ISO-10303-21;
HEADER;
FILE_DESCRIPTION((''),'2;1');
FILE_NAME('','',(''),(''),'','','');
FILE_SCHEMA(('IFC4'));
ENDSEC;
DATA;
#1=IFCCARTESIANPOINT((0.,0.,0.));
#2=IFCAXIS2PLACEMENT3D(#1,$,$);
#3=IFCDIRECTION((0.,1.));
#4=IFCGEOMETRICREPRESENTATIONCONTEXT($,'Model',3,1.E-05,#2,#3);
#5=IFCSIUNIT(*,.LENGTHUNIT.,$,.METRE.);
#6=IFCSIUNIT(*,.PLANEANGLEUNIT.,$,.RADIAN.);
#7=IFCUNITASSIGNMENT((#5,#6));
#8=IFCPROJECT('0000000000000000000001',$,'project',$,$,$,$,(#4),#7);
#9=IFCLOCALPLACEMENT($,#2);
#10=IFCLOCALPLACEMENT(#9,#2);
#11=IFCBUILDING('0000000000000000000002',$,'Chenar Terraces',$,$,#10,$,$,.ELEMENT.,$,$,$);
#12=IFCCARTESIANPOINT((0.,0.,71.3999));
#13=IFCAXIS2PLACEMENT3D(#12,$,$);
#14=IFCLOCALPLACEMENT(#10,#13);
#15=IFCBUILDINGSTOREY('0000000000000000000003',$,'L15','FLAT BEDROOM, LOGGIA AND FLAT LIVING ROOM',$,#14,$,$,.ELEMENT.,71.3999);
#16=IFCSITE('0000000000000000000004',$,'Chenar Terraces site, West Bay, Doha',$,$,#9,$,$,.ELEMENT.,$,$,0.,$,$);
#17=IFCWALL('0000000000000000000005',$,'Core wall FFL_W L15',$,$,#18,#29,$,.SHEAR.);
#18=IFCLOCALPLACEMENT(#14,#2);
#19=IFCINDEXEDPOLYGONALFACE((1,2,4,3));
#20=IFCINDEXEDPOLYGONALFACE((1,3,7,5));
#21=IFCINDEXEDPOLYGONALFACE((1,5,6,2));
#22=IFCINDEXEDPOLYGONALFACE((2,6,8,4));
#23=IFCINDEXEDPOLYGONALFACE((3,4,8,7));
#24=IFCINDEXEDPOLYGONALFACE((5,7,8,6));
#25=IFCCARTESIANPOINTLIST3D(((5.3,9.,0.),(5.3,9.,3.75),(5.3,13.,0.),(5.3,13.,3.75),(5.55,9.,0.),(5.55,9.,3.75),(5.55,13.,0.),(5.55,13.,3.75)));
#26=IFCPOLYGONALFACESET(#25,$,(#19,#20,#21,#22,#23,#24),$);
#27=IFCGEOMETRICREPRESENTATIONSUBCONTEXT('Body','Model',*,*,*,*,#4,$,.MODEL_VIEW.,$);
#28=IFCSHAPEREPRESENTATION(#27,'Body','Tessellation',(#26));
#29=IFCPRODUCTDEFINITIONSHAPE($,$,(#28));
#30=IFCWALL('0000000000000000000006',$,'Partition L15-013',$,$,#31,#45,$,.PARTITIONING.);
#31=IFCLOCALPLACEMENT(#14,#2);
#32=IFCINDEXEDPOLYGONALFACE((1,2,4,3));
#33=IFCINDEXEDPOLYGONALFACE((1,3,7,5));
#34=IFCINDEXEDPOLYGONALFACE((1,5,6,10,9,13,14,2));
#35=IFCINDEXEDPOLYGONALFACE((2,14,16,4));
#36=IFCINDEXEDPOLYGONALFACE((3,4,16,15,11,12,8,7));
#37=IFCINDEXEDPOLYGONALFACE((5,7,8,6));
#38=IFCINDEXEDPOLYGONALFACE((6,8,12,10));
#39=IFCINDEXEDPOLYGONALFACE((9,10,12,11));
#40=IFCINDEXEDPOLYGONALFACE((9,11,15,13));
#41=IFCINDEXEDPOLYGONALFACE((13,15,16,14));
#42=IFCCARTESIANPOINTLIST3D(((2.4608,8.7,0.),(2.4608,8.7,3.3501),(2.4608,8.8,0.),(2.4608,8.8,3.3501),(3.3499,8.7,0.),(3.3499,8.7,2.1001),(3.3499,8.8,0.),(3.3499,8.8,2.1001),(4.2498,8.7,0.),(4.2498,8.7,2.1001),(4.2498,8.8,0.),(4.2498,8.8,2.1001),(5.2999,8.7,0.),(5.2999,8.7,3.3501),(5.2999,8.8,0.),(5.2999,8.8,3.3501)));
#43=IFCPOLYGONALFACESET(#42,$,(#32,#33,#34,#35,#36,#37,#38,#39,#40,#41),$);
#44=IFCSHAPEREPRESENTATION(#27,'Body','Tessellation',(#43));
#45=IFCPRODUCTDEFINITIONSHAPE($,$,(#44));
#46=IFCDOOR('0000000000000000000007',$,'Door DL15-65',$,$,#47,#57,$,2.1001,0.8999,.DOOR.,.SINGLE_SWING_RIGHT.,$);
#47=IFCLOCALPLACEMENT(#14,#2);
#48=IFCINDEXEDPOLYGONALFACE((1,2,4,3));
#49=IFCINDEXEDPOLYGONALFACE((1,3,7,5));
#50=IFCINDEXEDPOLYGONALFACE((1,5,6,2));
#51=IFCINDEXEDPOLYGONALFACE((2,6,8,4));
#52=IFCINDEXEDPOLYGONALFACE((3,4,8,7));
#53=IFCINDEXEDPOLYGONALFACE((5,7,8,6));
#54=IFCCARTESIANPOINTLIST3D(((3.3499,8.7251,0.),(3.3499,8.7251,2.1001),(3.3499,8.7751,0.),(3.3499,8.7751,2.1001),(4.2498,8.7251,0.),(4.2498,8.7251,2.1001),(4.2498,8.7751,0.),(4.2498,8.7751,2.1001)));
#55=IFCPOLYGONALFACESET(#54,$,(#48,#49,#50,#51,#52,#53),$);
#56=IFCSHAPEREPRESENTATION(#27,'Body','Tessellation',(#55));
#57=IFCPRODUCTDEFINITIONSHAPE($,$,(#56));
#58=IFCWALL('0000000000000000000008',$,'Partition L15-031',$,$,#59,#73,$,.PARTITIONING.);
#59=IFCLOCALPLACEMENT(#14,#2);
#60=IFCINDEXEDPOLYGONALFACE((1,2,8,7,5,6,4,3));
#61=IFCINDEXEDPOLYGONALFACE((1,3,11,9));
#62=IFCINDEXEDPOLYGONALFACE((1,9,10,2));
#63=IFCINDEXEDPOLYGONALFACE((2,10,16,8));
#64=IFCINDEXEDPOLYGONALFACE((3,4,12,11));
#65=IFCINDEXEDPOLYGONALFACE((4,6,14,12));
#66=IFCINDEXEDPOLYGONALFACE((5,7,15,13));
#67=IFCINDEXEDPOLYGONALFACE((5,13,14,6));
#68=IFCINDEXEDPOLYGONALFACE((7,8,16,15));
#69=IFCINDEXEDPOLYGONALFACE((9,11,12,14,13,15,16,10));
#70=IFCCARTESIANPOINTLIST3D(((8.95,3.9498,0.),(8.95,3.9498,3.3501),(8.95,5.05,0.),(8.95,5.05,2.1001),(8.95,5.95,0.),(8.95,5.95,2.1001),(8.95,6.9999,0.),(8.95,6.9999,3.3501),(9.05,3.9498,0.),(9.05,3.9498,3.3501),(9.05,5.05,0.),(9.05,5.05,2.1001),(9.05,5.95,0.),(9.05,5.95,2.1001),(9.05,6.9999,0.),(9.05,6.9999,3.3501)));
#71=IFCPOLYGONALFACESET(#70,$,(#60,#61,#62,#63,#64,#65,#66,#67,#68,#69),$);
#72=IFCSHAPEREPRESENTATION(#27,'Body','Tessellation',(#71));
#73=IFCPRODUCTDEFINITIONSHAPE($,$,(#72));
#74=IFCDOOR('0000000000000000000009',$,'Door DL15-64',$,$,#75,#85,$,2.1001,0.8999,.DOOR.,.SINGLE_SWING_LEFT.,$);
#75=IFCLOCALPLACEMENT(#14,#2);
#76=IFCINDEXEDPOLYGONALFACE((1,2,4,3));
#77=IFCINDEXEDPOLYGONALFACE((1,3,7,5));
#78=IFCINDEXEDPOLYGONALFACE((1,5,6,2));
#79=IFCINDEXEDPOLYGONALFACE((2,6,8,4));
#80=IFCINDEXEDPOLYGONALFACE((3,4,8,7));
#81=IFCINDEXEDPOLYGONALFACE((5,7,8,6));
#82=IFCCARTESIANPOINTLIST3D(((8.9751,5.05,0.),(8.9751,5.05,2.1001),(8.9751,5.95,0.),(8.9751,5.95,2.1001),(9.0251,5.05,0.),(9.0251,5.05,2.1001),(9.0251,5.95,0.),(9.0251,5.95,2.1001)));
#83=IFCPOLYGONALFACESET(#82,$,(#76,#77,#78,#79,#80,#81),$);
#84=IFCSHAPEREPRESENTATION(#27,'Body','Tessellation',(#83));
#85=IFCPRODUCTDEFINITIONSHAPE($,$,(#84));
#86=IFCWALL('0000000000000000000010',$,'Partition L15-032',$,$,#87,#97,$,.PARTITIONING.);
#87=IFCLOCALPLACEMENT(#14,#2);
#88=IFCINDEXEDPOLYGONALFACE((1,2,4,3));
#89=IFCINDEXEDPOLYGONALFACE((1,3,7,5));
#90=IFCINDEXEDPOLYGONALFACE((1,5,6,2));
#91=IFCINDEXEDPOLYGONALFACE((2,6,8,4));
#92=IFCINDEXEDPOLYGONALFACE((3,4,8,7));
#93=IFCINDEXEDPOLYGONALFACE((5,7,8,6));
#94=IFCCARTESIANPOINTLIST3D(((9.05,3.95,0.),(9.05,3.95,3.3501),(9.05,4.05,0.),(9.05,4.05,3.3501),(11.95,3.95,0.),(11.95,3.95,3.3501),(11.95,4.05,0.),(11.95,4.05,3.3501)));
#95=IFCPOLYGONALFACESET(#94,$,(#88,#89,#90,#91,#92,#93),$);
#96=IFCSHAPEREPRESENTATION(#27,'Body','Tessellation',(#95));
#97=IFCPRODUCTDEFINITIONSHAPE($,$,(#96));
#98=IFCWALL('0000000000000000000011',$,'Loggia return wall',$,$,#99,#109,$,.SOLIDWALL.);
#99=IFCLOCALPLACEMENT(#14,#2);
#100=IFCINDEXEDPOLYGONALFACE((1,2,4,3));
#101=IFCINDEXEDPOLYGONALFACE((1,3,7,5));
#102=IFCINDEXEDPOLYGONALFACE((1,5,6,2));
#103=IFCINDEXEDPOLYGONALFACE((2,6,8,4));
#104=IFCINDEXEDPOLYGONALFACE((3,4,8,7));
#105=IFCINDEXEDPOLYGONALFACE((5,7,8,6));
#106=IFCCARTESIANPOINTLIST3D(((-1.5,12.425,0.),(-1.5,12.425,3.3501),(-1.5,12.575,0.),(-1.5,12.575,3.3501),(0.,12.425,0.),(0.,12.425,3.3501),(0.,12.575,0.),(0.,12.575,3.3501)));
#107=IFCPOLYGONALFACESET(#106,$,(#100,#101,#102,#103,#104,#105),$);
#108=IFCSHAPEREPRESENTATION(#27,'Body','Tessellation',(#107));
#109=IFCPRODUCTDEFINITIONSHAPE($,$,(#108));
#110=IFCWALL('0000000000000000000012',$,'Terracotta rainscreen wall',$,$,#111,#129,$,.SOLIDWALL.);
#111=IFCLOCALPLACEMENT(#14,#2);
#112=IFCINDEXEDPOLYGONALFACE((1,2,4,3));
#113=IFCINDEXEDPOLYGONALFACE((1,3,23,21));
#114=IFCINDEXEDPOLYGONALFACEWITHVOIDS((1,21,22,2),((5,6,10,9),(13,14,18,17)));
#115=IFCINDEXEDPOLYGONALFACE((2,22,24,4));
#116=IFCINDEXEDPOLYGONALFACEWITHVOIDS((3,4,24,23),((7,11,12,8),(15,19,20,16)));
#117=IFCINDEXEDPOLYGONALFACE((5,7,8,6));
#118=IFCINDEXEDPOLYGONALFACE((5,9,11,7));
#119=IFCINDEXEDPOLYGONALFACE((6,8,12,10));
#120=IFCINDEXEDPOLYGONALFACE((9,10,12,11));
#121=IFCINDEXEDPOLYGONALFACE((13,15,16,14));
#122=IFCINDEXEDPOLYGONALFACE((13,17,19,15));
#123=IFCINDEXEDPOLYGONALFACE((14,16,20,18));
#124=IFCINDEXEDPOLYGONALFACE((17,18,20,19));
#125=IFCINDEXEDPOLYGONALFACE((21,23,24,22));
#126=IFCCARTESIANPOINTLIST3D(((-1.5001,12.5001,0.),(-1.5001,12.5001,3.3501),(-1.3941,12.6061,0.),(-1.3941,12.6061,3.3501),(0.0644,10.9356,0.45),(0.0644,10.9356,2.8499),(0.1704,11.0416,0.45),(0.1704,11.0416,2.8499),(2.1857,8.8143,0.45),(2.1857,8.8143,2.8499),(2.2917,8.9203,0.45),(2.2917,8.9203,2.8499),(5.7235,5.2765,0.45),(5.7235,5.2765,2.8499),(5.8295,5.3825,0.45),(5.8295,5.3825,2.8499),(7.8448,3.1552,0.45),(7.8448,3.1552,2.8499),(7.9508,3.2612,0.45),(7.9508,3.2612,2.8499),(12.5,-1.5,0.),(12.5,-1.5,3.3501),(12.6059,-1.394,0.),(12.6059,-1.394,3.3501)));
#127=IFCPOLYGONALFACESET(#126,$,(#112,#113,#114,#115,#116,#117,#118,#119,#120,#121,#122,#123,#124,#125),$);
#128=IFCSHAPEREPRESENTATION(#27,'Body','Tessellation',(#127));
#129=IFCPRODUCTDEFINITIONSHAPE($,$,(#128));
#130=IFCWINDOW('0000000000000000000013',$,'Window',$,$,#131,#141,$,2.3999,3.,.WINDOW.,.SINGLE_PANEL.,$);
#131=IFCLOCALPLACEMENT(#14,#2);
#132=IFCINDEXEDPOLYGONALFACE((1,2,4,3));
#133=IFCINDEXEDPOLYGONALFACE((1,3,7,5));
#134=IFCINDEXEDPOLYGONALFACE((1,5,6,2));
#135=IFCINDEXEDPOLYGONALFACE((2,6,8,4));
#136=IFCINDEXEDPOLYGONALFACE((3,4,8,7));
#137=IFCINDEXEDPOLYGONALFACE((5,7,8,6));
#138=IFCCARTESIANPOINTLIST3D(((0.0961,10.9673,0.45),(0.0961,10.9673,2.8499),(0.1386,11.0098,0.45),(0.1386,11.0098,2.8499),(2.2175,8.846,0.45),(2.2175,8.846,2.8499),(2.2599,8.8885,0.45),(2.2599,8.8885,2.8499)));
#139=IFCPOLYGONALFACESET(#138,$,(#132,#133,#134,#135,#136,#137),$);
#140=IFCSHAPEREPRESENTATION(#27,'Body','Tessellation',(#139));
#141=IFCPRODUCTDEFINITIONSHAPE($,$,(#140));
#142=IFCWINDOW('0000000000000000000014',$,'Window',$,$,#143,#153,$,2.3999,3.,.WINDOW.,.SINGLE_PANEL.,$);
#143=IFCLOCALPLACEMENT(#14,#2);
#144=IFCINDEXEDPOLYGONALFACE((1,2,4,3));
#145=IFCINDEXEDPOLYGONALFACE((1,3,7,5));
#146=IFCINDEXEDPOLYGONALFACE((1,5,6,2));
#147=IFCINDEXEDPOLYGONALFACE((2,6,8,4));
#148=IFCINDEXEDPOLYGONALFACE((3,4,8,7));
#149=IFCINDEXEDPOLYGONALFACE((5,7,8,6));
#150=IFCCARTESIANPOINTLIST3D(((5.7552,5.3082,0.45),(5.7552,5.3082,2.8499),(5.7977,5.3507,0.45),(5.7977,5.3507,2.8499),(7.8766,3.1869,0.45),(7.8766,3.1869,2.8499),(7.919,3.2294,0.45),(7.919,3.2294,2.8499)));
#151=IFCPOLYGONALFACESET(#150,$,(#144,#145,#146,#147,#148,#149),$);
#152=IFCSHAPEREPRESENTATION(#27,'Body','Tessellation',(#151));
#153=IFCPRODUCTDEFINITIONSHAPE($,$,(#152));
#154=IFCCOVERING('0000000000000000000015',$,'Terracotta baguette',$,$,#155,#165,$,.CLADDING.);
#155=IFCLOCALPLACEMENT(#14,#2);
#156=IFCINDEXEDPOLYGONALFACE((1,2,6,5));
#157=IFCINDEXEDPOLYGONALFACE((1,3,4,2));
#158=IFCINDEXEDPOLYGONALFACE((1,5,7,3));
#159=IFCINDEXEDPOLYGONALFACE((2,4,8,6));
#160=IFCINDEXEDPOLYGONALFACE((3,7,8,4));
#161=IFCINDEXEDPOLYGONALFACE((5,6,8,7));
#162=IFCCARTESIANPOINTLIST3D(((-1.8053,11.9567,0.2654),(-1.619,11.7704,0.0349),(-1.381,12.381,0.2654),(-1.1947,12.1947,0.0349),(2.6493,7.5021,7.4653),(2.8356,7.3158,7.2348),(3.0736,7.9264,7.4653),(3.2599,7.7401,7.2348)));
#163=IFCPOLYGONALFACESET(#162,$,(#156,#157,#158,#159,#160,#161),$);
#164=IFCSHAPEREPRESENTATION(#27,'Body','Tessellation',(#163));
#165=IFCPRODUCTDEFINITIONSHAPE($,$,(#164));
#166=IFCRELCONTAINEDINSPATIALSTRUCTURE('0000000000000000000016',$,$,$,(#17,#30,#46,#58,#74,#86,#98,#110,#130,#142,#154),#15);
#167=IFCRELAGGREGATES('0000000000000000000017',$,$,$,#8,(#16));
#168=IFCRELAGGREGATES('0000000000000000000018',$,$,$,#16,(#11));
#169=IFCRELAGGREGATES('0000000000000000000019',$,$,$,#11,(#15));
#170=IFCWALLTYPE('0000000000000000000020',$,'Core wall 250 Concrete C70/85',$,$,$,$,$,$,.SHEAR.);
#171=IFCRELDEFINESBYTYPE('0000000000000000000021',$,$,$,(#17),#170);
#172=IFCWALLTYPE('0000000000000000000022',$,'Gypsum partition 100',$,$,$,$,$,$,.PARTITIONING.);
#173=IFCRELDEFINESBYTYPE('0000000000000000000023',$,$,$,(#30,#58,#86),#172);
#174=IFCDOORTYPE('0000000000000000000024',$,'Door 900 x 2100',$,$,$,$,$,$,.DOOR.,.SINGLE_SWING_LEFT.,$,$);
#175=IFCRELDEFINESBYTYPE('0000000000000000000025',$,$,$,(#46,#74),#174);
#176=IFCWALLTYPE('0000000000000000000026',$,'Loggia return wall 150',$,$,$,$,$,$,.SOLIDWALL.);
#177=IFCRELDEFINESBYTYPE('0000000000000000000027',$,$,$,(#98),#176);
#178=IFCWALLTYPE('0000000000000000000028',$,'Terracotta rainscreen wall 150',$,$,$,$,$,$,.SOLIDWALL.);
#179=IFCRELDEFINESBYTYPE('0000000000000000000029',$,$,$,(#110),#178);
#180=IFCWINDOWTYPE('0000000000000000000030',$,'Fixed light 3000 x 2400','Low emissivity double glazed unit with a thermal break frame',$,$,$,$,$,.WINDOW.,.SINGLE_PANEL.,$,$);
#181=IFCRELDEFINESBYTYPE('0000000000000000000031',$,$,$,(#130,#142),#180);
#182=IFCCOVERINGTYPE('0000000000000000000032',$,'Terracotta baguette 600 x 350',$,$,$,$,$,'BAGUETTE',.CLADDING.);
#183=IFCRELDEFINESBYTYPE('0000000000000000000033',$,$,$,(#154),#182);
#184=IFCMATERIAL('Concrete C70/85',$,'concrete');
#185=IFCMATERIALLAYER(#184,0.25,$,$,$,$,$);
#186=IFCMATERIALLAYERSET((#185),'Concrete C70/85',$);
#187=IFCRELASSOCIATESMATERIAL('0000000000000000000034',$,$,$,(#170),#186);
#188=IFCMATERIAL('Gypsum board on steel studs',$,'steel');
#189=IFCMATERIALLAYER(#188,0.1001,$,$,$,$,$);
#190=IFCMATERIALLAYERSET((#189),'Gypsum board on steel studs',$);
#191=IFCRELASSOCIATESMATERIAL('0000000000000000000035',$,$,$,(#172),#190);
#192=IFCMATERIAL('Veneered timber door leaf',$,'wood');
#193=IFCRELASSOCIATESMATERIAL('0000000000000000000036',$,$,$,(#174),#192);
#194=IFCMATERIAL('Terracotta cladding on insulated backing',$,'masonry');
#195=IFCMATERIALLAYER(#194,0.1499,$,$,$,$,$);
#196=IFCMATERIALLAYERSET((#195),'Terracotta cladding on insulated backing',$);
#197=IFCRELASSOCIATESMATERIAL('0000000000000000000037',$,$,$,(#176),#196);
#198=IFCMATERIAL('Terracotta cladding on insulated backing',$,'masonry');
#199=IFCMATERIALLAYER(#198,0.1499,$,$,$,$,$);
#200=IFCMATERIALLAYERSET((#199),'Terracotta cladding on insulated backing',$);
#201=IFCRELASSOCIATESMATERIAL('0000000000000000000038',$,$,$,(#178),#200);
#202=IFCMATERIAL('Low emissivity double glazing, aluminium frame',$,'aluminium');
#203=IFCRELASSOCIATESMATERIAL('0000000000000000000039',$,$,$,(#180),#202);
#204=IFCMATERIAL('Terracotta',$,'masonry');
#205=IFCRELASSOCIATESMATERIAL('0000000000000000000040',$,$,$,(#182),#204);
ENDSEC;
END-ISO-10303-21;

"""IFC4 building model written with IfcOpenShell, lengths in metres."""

from ifc_helpers import new_model, si_unit, direction, frame, frame_2d, origin, origin_2d, place, context, subcontext, project, spatial, rectangle, extrude, material, layer, layer_set, material_profile, profile_set, type_object, element, fill, save


model = new_model("IFC4")

# Units and contexts
model_context = context("Model", 3, precision=1e-05, world=origin(), true_north=direction((0.0, 1.0)))
body_context = subcontext(model_context, "Body", "Model", "MODEL_VIEW")
ifc_project = project(units=[si_unit("LENGTHUNIT", "METRE"), si_unit("PLANEANGLEUNIT", "RADIAN")], contexts=[model_context])

# Site, building, storey
site_placement = place(None, origin())
site = spatial("IfcSite", under=ifc_project, at=site_placement, Name="Chenar Terraces site, West Bay, Doha", CompositionType="ELEMENT", RefElevation=0.0)
building_placement = place(site_placement, origin())
building = spatial("IfcBuilding", under=site, at=building_placement, Name="Chenar Terraces", CompositionType="ELEMENT")
storey_placement = place(building_placement, frame((0.0, 0.0, 71.3999)))
storey = spatial("IfcBuildingStorey", under=building, at=storey_placement, Name="L15", Description="FLAT BEDROOM, LOGGIA AND FLAT LIVING ROOM", CompositionType="ELEMENT", Elevation=71.3999)

# Shared definitions
ifc_material_1 = material(Name="Concrete C70/85", Category="concrete")
ifc_layer_1 = layer(ifc_material_1, 0.25)
ifc_layer_set_1 = layer_set([ifc_layer_1], Name="Concrete C70/85")
wall_type_1 = type_object("IfcWallType", Name="Core wall 250 Concrete C70/85", PredefinedType="SHEAR", material=ifc_layer_set_1)

# Wall
wall_1_placement = place(storey_placement, frame((5.425, 9.0, 0.0), z_axis=(0.0, 0.0, 1.0), x_axis=(0.0, 1.0, 0.0)))
element("IfcWall", 1, at=wall_1_placement, inside=storey, type_object=wall_type_1, Name="Core wall FFL_W L15", PredefinedType="SHEAR", context=body_context, shape_type="SweptSolid", body=[
    extrude(rectangle(XDim=4.0, YDim=0.25, at=frame_2d((2.0, 0.0))), origin(), (0.0, 0.0, 1.0), 3.75),
])

# Walls, openings, doors
ifc_material_2 = material(Name="Gypsum board on steel studs", Category="steel")
ifc_layer_2 = layer(ifc_material_2, 0.1001)
ifc_layer_set_2 = layer_set([ifc_layer_2], Name="Gypsum board on steel studs")
wall_type_2 = type_object("IfcWallType", Name="Gypsum partition 100", PredefinedType="PARTITIONING", material=ifc_layer_set_2)
wall_2_placement = place(storey_placement, frame((2.4609, 8.75, 0.0), z_axis=(0.0, 0.0, 1.0), x_axis=(1.0, 0.0, 0.0)))
wall_2 = element("IfcWall", 2, at=wall_2_placement, inside=storey, type_object=wall_type_2, Name="Partition L15-013", PredefinedType="PARTITIONING", context=body_context, shape_type="SweptSolid", body=[
    extrude(rectangle(XDim=2.8391, YDim=0.1001, at=frame_2d((1.4194, 0.0))), origin(), (0.0, 0.0, 1.0), 3.3501),
])
opening_1_placement = place(wall_2_placement, frame((0.8889, 0.0, 0.0)))
opening_1 = element("IfcOpeningElement", 3, at=opening_1_placement, cuts=wall_2, PredefinedType="OPENING", context=body_context, shape_type="SweptSolid", body=[
    extrude(rectangle(XDim=0.8999, YDim=2.1001, at=frame_2d((0.45, 1.05))), frame((0.0, 0.0601, 0.0), z_axis=(0.0, -1.0, 0.0), x_axis=(1.0, 0.0, 0.0)), (0.0, 0.0, 1.0), 0.1201),
])
ifc_material_3 = material(Name="Veneered timber door leaf", Category="wood")
door_type_1 = type_object("IfcDoorType", Name="Door 900 x 2100", OperationType="SINGLE_SWING_LEFT", PredefinedType="DOOR", material=ifc_material_3)
door_1_placement = place(opening_1_placement, frame((0.8999, 0.0, 0.0), z_axis=(0.0, 0.0, 1.0), x_axis=(-1.0, 0.0, 0.0)))
door_1 = element("IfcDoor", 4, at=door_1_placement, inside=storey, type_object=door_type_1, Name="Door DL15-65", OperationType="SINGLE_SWING_RIGHT", OverallHeight=2.1001, OverallWidth=0.8999, PredefinedType="DOOR", context=body_context, shape_type="SweptSolid", body=[
    extrude(rectangle(XDim=0.8999, YDim=2.1001, at=frame_2d((0.45, 1.05))), frame((0.0, 0.0249, 0.0), z_axis=(0.0, -1.0, 0.0), x_axis=(1.0, 0.0, 0.0)), (0.0, 0.0, 1.0), 0.05),
])
fill(opening_1, door_1)
wall_3_placement = place(storey_placement, frame((9.0, 3.95, 0.0), z_axis=(0.0, 0.0, 1.0), x_axis=(0.0, 1.0, 0.0)))
wall_3 = element("IfcWall", 5, at=wall_3_placement, inside=storey, type_object=wall_type_2, Name="Partition L15-031", PredefinedType="PARTITIONING", context=body_context, shape_type="SweptSolid", body=[
    extrude(rectangle(XDim=3.05, YDim=0.1001, at=frame_2d((1.5249, 0.0))), origin(), (0.0, 0.0, 1.0), 3.3501),
])
opening_2_placement = place(wall_3_placement, frame((1.1001, 0.0, 0.0)))
opening_2 = element("IfcOpeningElement", 6, at=opening_2_placement, cuts=wall_3, PredefinedType="OPENING", context=body_context, shape_type="SweptSolid", body=[
    extrude(rectangle(XDim=0.8999, YDim=2.1001, at=frame_2d((0.45, 1.05))), frame((0.0, 0.0601, 0.0), z_axis=(0.0, -1.0, 0.0), x_axis=(1.0, 0.0, 0.0)), (0.0, 0.0, 1.0), 0.1201),
])
door_2_placement = place(opening_2_placement, origin())
door_2 = element("IfcDoor", 7, at=door_2_placement, inside=storey, type_object=door_type_1, Name="Door DL15-64", OperationType="SINGLE_SWING_LEFT", OverallHeight=2.1001, OverallWidth=0.8999, PredefinedType="DOOR", context=body_context, shape_type="SweptSolid", body=[
    extrude(rectangle(XDim=0.8999, YDim=2.1001, at=frame_2d((0.45, 1.05))), frame((0.0, 0.0249, 0.0), z_axis=(0.0, -1.0, 0.0), x_axis=(1.0, 0.0, 0.0)), (0.0, 0.0, 1.0), 0.05),
])
fill(opening_2, door_2)

# Walls
wall_4_placement = place(storey_placement, frame((9.05, 4.0, 0.0), z_axis=(0.0, 0.0, 1.0), x_axis=(1.0, 0.0, 0.0)))
element("IfcWall", 8, at=wall_4_placement, inside=storey, type_object=wall_type_2, Name="Partition L15-032", PredefinedType="PARTITIONING", context=body_context, shape_type="SweptSolid", body=[
    extrude(rectangle(XDim=2.8999, YDim=0.1001, at=frame_2d((1.45, 0.0))), origin(), (0.0, 0.0, 1.0), 3.3501),
])
ifc_material_4 = material(Name="Terracotta cladding on insulated backing", Category="masonry")
ifc_layer_3 = layer(ifc_material_4, 0.1499)
ifc_layer_set_3 = layer_set([ifc_layer_3], Name="Terracotta cladding on insulated backing")
wall_type_3 = type_object("IfcWallType", Name="Loggia return wall 150", PredefinedType="SOLIDWALL", material=ifc_layer_set_3)
wall_5_placement = place(storey_placement, frame((-1.5, 12.5, 0.0), z_axis=(0.0, 0.0, 1.0), x_axis=(1.0, 0.0, 0.0)))
element("IfcWall", 9, at=wall_5_placement, inside=storey, type_object=wall_type_3, Name="Loggia return wall", PredefinedType="SOLIDWALL", context=body_context, shape_type="SweptSolid", body=[
    extrude(rectangle(XDim=1.5, YDim=0.1499, at=frame_2d((0.75, 0.0))), origin(), (0.0, 0.0, 1.0), 3.3501),
])

# Wall, openings, windows
ifc_material_5 = material(Name="Terracotta cladding on insulated backing", Category="masonry")
ifc_layer_4 = layer(ifc_material_5, 0.1499)
ifc_layer_set_4 = layer_set([ifc_layer_4], Name="Terracotta cladding on insulated backing")
wall_type_4 = type_object("IfcWallType", Name="Terracotta rainscreen wall 150", PredefinedType="SOLIDWALL", material=ifc_layer_set_4)
wall_6_placement = place(storey_placement, frame((-1.447, 12.553, 0.0), z_axis=(0.0, 0.0, 1.0), x_axis=(0.707107, -0.707107, 0.0)))
wall_6 = element("IfcWall", 10, at=wall_6_placement, inside=storey, type_object=wall_type_4, Name="Terracotta rainscreen wall", PredefinedType="SOLIDWALL", context=body_context, shape_type="SweptSolid", body=[
    extrude(rectangle(XDim=19.7991, YDim=0.1499, at=frame_2d((9.8994, 0.0))), origin(), (0.0, 0.0, 1.0), 3.3501),
])
opening_3_placement = place(wall_6_placement, frame((2.2124, 0.0, 0.45)))
opening_3 = element("IfcOpeningElement", 11, at=opening_3_placement, cuts=wall_6, PredefinedType="OPENING", context=body_context, shape_type="SweptSolid", body=[
    extrude(rectangle(XDim=3.0, YDim=2.3999, at=frame_2d((1.5, 1.2))), frame((0.0, 0.085, 0.0), z_axis=(0.0, -1.0, 0.0), x_axis=(1.0, 0.0, 0.0)), (0.0, 0.0, 1.0), 0.1699),
])
opening_4_placement = place(wall_6_placement, frame((10.2156, 0.0, 0.45)))
opening_4 = element("IfcOpeningElement", 12, at=opening_4_placement, cuts=wall_6, PredefinedType="OPENING", context=body_context, shape_type="SweptSolid", body=[
    extrude(rectangle(XDim=3.0, YDim=2.3999, at=frame_2d((1.5, 1.2))), frame((0.0, 0.085, 0.0), z_axis=(0.0, -1.0, 0.0), x_axis=(1.0, 0.0, 0.0)), (0.0, 0.0, 1.0), 0.1699),
])
ifc_material_6 = material(Name="Low emissivity double glazing, aluminium frame", Category="aluminium")
window_type = type_object("IfcWindowType", Name="Fixed light 3000 x 2400", Description="Low emissivity double glazed unit with a thermal break frame", PartitioningType="SINGLE_PANEL", PredefinedType="WINDOW", material=ifc_material_6)
window_1_placement = place(opening_3_placement, origin())
window_1 = element("IfcWindow", 13, at=window_1_placement, inside=storey, type_object=window_type, Name="Window", OverallHeight=2.3999, OverallWidth=3.0, PartitioningType="SINGLE_PANEL", PredefinedType="WINDOW", context=body_context, shape_type="SweptSolid", body=[
    extrude(rectangle(XDim=3.0, YDim=2.3999, at=frame_2d((1.5, 1.2))), frame((0.0, 0.03, 0.0), z_axis=(0.0, -1.0, 0.0), x_axis=(1.0, 0.0, 0.0)), (0.0, 0.0, 1.0), 0.0601),
])
fill(opening_3, window_1)
window_2_placement = place(opening_4_placement, origin())
window_2 = element("IfcWindow", 14, at=window_2_placement, inside=storey, type_object=window_type, Name="Window", OverallHeight=2.3999, OverallWidth=3.0, PartitioningType="SINGLE_PANEL", PredefinedType="WINDOW", context=body_context, shape_type="SweptSolid", body=[
    extrude(rectangle(XDim=3.0, YDim=2.3999, at=frame_2d((1.5, 1.2))), frame((0.0, 0.03, 0.0), z_axis=(0.0, -1.0, 0.0), x_axis=(1.0, 0.0, 0.0)), (0.0, 0.0, 1.0), 0.0601),
])
fill(opening_4, window_2)

# Covering
ifc_material_7 = material(Name="Terracotta", Category="masonry")
ifc_material_profile = material_profile(ifc_material_7, rectangle(XDim=0.6001, YDim=0.3501, at=origin_2d()), Name="Terracotta baguette 600 x 350")
ifc_profile_set = profile_set([ifc_material_profile], Name="Terracotta")
covering_type = type_object("IfcCoveringType", Name="Terracotta baguette 600 x 350", ElementType="BAGUETTE", PredefinedType="CLADDING", material=ifc_profile_set)
covering_1_placement = place(storey_placement, frame((-1.5, 12.0757, 0.1501), z_axis=(0.465624, -0.465624, 0.752588), x_axis=(0.707107, 0.707107, 0.0)))
element("IfcCovering", 15, at=covering_1_placement, inside=storey, type_object=covering_type, Name="Terracotta baguette", PredefinedType="CLADDING", context=body_context, shape_type="SweptSolid", body=[
    extrude(rectangle(XDim=0.6001, YDim=0.3501, at=origin_2d()), origin(), (0.0, 0.0, 1.0), 9.5669),
])

save(model, "model.ifc")
